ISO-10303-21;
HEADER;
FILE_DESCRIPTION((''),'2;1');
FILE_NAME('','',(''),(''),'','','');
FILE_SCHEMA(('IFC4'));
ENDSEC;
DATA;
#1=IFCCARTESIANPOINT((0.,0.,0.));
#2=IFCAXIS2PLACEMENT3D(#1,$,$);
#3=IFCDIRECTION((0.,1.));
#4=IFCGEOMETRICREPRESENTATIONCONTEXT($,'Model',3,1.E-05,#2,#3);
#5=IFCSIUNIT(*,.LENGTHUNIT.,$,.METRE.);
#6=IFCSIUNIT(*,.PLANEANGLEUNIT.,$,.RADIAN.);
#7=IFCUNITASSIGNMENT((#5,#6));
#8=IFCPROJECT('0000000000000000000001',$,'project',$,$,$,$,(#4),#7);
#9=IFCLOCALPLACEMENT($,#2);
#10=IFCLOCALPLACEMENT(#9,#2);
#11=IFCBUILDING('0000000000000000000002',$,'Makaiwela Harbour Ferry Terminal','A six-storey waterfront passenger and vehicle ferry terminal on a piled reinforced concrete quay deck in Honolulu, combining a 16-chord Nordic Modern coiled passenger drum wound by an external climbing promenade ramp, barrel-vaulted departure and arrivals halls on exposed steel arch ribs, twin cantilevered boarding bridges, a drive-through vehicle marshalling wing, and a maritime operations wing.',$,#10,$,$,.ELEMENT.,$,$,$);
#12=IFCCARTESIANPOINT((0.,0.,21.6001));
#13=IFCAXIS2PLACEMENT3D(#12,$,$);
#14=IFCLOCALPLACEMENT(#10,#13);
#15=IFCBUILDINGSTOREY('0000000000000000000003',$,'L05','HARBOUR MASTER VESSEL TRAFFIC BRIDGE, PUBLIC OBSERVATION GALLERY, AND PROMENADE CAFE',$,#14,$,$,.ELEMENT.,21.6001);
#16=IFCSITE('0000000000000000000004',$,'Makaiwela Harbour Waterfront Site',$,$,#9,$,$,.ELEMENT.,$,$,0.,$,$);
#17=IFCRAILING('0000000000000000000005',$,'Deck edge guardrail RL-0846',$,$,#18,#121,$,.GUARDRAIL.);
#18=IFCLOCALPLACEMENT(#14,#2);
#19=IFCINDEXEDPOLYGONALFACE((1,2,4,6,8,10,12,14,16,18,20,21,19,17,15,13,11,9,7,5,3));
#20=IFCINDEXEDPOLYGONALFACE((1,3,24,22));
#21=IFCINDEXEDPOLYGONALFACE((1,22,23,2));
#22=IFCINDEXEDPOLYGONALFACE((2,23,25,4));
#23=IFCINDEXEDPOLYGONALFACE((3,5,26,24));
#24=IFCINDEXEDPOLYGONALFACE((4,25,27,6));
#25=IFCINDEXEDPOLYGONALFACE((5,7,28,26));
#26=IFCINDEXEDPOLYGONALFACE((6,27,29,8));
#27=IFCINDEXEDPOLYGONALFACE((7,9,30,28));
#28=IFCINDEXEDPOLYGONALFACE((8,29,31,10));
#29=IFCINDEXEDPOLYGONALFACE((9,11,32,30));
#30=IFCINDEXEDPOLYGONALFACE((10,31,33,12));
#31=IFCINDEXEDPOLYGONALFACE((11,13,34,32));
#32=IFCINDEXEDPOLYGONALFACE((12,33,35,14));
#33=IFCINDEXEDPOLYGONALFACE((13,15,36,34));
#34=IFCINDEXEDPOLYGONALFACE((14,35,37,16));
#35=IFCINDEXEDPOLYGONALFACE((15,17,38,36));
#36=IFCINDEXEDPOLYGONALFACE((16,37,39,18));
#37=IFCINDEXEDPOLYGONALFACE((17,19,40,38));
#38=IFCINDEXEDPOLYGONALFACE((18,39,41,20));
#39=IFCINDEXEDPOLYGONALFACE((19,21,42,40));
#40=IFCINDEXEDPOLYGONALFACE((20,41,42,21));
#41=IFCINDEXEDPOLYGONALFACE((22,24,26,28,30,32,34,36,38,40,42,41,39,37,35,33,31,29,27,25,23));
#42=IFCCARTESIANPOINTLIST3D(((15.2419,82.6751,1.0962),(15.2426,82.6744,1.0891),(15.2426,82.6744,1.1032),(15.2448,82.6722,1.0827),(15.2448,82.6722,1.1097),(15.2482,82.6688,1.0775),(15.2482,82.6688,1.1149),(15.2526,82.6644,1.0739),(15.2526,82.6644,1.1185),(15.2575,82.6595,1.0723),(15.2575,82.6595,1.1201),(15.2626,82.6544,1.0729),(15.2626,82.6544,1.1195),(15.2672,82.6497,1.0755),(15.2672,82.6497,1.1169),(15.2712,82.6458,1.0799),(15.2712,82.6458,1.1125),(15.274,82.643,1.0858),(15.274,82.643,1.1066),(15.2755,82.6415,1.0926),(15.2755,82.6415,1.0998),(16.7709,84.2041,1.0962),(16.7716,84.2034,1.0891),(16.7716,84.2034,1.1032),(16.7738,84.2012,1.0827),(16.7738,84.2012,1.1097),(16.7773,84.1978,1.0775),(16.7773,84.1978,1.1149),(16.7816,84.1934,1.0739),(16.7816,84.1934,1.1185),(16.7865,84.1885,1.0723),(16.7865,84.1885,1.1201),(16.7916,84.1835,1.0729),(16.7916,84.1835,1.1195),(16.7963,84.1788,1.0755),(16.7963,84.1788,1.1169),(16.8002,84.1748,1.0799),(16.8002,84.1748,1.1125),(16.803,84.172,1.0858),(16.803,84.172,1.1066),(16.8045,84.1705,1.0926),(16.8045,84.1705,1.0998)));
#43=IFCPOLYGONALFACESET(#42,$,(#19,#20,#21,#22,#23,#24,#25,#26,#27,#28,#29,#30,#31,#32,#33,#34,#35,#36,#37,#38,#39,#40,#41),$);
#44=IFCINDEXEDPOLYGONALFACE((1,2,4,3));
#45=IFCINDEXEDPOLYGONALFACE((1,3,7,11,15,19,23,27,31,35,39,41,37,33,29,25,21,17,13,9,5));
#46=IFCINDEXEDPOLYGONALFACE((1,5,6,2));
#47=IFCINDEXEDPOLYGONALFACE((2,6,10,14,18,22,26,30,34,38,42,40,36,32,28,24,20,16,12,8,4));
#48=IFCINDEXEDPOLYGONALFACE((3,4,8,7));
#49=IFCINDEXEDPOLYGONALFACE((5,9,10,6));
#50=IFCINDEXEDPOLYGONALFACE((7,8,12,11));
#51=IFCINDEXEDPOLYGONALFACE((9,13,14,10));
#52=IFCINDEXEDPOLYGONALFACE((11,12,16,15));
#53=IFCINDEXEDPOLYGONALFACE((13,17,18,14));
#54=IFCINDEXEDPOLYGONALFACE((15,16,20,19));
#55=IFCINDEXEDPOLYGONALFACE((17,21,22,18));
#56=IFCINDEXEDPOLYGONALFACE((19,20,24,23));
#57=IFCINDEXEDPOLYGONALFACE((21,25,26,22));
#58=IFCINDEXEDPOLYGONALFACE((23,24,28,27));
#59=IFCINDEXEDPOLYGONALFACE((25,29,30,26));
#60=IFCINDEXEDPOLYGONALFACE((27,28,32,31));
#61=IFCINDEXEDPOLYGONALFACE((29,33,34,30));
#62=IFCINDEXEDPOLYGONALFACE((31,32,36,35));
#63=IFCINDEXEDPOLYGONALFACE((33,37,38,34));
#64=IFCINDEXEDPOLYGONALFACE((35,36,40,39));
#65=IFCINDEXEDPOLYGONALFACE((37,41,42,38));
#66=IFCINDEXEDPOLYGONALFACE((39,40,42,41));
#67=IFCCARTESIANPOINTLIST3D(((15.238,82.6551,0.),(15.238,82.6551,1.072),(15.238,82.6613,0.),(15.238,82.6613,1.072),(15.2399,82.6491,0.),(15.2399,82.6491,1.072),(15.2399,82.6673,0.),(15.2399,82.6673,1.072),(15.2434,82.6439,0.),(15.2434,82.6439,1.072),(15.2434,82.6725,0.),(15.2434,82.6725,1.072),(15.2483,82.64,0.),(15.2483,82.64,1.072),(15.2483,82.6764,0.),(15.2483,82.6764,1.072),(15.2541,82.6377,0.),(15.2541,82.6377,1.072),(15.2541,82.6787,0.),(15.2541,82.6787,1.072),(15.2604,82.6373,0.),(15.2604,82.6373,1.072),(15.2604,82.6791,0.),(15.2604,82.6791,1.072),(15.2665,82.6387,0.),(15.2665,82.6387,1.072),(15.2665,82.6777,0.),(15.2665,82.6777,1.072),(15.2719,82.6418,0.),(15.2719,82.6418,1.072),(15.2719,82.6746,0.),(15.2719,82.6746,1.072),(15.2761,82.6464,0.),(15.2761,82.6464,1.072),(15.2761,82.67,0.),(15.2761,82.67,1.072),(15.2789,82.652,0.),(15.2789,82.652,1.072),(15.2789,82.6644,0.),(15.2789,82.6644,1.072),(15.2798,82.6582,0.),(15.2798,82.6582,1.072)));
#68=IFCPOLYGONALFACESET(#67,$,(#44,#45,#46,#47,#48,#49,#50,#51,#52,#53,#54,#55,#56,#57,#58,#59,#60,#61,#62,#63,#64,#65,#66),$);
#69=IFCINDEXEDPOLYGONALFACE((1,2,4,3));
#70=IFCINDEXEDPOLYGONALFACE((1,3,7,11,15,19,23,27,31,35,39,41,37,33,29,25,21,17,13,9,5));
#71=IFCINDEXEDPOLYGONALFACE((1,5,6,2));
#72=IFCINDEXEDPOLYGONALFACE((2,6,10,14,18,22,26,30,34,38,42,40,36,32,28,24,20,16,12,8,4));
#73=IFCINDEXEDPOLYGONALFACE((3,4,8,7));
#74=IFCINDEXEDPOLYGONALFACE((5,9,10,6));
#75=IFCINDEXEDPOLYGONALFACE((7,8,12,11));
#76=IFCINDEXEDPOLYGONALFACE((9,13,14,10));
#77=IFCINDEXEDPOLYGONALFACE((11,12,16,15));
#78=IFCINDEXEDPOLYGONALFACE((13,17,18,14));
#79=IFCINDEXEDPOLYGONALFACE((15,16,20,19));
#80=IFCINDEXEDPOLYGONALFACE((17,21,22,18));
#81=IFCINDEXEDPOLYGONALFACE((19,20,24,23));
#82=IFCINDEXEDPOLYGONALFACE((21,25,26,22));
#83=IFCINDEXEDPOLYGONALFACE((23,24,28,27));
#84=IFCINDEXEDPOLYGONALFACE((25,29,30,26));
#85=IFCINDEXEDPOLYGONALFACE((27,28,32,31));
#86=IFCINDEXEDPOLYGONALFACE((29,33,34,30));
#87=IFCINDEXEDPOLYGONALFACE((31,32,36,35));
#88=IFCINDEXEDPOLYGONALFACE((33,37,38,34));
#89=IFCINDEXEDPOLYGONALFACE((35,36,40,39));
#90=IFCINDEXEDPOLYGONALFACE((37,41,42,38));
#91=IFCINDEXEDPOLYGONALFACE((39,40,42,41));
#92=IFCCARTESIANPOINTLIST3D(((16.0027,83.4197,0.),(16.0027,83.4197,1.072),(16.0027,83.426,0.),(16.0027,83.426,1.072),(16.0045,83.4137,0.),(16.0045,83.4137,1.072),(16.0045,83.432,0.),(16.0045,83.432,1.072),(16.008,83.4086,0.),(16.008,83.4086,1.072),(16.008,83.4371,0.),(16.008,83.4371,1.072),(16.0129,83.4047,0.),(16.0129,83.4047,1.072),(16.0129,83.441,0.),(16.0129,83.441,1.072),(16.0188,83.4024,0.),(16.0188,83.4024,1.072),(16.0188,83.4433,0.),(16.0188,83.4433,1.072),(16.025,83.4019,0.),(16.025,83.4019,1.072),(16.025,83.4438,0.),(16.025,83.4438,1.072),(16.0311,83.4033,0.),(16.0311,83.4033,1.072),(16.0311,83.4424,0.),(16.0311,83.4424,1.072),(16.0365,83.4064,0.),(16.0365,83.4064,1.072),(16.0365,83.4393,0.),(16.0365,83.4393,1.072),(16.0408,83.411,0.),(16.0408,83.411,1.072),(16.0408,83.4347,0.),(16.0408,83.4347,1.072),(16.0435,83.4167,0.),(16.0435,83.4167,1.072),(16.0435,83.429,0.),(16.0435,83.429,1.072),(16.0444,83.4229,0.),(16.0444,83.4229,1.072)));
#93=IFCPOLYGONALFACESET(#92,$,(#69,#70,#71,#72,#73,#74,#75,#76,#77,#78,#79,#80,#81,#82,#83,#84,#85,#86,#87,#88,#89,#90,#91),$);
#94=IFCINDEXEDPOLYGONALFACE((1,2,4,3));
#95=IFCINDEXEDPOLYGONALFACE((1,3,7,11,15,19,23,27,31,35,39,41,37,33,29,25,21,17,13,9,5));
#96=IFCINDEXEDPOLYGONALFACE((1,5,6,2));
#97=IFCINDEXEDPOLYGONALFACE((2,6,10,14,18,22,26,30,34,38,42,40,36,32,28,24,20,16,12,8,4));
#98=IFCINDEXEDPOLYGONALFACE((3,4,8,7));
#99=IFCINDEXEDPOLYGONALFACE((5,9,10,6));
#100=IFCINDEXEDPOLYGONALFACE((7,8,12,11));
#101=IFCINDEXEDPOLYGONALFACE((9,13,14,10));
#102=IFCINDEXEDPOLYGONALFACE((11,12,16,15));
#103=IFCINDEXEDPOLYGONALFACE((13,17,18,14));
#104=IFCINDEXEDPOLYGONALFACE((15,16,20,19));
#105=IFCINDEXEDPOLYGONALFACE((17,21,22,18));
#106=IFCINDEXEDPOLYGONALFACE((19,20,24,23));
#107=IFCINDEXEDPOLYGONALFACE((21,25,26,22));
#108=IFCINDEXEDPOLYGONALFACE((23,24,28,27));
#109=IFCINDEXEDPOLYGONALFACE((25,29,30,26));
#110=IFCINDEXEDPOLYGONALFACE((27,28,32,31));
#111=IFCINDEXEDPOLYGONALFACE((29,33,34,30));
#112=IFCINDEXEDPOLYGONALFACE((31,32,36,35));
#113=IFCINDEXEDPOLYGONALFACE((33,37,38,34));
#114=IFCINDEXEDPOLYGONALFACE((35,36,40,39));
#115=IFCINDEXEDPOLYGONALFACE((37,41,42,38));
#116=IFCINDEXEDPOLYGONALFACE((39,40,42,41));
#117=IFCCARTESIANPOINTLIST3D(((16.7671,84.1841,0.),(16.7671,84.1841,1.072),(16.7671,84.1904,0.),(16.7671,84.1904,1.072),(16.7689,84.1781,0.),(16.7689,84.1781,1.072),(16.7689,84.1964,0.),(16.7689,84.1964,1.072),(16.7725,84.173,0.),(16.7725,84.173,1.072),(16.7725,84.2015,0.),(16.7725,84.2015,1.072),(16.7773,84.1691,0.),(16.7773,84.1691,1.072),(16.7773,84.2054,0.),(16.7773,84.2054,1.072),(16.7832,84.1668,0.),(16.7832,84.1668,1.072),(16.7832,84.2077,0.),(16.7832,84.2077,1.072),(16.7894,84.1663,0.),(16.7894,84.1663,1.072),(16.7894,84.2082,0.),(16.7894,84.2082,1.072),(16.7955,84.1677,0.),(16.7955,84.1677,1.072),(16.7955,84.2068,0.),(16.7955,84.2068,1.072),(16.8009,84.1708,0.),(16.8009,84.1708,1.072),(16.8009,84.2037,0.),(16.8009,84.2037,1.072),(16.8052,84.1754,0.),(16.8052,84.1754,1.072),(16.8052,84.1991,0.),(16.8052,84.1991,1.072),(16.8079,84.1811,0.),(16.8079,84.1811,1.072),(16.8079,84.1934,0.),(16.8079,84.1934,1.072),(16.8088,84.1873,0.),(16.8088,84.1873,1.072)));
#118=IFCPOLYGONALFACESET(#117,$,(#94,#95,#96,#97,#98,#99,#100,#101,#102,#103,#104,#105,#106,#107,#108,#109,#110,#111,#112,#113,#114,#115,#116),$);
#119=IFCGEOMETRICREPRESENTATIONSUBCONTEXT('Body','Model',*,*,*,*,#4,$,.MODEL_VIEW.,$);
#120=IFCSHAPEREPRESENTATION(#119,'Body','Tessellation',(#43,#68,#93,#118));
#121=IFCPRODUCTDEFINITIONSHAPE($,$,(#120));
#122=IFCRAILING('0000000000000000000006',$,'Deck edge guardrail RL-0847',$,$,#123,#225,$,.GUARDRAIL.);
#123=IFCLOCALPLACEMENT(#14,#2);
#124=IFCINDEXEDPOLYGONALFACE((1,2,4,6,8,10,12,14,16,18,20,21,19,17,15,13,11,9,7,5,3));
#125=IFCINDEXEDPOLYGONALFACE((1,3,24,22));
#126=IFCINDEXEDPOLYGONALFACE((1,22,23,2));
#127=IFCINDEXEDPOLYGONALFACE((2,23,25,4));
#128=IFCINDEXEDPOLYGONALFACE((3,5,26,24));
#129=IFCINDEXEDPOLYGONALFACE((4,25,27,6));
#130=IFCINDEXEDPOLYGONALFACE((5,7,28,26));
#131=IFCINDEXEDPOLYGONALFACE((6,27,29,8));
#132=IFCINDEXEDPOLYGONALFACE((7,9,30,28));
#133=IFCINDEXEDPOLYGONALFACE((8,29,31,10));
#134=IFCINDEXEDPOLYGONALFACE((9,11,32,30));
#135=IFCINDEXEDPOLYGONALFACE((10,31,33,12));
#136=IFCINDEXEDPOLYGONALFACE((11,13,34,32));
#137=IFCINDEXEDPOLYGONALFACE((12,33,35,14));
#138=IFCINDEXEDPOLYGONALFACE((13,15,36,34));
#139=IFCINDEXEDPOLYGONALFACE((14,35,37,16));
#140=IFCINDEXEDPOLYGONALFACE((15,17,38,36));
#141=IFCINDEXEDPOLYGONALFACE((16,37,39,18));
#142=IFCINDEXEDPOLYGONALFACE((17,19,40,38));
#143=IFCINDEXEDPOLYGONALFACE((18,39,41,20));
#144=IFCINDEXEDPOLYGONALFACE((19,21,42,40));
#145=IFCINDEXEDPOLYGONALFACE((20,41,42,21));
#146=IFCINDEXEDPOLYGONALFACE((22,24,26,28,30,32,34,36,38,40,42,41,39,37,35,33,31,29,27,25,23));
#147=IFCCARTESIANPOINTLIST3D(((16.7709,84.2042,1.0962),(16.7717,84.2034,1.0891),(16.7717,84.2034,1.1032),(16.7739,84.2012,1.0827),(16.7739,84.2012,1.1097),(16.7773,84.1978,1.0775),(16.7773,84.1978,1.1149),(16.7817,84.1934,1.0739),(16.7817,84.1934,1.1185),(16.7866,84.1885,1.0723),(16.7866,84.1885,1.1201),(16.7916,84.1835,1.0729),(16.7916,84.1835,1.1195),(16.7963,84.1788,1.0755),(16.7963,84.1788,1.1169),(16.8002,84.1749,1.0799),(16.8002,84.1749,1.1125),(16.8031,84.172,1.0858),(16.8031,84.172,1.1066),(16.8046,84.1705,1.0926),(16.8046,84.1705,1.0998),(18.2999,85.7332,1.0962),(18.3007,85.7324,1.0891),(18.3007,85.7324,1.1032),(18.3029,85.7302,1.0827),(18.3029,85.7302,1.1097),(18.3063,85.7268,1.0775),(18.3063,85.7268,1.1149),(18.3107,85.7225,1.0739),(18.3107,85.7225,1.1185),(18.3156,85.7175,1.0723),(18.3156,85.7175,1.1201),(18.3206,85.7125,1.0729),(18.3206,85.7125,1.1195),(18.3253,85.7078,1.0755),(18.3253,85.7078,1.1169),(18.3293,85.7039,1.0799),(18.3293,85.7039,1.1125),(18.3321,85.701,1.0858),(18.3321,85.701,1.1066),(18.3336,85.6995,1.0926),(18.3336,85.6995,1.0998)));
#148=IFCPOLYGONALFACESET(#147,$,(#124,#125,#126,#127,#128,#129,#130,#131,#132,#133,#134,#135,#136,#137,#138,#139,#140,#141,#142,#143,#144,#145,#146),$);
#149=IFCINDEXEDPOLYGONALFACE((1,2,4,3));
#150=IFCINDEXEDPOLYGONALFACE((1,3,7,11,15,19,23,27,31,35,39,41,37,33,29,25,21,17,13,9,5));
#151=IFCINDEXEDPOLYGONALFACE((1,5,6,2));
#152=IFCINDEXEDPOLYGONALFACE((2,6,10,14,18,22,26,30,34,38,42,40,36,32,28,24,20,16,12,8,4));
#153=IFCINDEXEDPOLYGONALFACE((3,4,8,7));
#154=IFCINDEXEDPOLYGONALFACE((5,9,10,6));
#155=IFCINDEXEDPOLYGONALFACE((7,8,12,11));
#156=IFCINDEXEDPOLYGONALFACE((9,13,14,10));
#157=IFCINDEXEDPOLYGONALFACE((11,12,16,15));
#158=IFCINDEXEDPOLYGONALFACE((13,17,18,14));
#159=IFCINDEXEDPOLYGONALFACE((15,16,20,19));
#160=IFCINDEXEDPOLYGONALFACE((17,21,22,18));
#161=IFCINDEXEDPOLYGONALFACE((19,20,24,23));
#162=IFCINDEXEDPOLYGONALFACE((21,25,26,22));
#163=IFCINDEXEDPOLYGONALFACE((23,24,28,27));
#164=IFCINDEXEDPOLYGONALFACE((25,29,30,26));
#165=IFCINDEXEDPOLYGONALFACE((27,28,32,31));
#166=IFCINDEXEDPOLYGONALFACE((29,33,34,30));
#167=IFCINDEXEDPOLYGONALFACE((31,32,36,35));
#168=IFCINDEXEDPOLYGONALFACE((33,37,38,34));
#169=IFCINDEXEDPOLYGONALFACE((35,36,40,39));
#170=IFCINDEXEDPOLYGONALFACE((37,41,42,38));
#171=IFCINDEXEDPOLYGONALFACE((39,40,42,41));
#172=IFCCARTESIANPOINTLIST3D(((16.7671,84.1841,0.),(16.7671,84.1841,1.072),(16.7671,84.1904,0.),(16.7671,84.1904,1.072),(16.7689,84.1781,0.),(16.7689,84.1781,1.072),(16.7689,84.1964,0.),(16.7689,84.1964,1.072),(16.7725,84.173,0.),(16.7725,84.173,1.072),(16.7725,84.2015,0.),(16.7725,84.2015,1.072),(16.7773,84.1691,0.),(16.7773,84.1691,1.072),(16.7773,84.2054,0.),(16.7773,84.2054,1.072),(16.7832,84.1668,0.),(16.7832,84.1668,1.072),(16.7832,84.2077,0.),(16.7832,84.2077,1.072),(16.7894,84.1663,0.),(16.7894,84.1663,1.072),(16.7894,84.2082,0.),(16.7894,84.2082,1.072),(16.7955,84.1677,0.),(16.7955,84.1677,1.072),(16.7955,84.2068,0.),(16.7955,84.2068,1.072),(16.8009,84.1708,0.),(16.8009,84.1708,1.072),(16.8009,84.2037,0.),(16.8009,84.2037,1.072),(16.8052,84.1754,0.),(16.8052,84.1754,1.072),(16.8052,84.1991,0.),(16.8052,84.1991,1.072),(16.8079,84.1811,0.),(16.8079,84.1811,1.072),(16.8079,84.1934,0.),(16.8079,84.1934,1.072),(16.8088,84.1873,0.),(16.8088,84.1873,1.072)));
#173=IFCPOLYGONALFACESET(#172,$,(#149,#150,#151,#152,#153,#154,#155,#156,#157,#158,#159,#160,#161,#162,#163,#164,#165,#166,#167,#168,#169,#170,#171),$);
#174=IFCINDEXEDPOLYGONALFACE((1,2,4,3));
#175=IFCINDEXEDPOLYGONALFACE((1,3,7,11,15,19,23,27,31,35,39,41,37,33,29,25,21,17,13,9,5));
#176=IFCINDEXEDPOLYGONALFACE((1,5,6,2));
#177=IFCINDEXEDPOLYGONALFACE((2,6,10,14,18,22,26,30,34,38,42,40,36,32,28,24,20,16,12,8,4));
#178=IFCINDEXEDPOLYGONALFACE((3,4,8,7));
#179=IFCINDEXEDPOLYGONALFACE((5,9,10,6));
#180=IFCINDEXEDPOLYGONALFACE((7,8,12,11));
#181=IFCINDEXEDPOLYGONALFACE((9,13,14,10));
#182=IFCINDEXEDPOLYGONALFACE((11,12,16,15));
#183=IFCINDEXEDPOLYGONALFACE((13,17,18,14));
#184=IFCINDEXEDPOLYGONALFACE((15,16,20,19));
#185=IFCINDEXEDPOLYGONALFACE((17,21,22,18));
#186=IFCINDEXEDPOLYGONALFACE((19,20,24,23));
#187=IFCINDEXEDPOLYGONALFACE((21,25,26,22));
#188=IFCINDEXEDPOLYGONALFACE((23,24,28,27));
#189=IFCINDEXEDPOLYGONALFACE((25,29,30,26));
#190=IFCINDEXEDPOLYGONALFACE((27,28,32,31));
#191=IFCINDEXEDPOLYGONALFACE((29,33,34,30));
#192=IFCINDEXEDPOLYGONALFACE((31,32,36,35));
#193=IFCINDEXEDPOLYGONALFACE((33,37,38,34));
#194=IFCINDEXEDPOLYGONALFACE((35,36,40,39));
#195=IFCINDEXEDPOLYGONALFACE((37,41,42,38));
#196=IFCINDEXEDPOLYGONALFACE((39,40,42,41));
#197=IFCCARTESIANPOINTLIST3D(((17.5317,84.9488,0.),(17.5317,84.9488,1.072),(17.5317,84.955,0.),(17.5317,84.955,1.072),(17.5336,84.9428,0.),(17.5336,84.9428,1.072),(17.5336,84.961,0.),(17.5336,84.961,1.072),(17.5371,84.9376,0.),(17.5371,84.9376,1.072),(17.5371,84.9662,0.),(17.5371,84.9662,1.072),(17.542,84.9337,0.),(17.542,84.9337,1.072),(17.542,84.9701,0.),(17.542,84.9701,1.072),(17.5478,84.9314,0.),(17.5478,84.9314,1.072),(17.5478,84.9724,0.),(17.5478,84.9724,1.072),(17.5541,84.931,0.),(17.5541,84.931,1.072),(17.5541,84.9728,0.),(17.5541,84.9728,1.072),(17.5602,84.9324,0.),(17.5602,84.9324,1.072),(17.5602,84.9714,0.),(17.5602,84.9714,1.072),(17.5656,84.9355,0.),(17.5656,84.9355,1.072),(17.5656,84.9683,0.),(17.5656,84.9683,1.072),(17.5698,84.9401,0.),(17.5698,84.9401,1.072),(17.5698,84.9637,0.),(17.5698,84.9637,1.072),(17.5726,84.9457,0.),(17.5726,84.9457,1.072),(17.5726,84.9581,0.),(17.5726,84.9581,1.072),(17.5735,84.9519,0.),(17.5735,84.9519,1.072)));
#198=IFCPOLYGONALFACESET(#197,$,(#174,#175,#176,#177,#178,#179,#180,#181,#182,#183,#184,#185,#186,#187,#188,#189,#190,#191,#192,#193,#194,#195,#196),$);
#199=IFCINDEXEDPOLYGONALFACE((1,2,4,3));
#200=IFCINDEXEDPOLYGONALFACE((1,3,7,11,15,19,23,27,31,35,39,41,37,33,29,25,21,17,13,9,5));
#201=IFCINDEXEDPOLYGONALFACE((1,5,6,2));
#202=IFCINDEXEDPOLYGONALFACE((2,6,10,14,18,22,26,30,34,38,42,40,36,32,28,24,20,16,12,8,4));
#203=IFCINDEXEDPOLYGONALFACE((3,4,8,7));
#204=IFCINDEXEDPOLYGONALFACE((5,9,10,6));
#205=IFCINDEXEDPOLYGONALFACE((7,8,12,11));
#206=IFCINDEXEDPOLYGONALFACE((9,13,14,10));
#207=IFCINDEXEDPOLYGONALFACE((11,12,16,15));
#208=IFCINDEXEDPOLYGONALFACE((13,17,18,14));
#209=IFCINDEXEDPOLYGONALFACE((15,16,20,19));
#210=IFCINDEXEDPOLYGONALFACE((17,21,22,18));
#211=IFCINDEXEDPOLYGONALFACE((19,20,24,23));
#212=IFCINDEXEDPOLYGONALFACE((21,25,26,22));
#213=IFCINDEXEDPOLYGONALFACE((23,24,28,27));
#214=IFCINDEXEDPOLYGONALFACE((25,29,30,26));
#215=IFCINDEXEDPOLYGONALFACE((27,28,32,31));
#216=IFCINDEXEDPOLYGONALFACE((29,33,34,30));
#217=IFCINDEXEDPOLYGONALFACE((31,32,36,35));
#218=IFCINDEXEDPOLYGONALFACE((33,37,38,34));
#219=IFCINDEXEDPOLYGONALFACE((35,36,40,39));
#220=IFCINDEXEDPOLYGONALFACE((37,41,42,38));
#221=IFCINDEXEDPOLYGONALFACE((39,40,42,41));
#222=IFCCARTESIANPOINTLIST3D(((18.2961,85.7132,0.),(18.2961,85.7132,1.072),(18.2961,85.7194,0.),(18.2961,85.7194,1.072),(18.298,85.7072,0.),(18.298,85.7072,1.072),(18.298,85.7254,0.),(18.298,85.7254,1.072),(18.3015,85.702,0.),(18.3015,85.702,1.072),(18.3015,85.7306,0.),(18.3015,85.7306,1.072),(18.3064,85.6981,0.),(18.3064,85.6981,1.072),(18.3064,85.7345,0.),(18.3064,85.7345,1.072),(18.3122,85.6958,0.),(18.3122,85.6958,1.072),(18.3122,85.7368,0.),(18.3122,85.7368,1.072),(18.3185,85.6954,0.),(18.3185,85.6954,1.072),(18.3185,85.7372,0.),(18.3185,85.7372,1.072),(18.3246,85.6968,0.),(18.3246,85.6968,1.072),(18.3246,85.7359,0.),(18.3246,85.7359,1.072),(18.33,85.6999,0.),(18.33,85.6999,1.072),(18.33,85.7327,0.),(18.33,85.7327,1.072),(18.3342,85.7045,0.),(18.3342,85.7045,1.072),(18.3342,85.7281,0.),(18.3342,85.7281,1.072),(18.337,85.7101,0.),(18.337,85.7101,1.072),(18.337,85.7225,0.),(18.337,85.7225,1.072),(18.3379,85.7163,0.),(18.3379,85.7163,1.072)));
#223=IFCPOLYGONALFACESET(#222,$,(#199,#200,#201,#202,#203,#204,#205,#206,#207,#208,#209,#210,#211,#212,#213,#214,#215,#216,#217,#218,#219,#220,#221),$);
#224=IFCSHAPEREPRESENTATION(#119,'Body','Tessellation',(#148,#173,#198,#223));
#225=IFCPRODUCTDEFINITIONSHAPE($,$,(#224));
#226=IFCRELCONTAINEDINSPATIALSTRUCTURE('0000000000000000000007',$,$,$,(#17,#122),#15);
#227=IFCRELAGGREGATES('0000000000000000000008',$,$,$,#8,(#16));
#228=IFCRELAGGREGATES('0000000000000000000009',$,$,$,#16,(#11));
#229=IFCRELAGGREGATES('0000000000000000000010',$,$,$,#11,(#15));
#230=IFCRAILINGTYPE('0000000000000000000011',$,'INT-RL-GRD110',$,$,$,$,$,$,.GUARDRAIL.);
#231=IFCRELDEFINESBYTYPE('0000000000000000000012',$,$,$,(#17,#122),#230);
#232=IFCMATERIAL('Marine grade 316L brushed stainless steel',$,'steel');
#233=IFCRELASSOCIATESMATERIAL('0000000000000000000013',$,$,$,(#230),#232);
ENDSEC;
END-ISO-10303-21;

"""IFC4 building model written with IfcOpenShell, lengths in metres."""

from ifc_helpers import new_model, si_unit, direction, frame, origin, origin_2d, place, context, subcontext, project, spatial, circle, extrude, material, type_object, element, save


model = new_model("IFC4")

# Units and contexts
model_context = context("Model", 3, precision=1e-05, world=origin(), true_north=direction((0.0, 1.0)))
body_context = subcontext(model_context, "Body", "Model", "MODEL_VIEW")
ifc_project = project(units=[si_unit("LENGTHUNIT", "METRE"), si_unit("PLANEANGLEUNIT", "RADIAN")], contexts=[model_context])

# Site, building, storey
site_placement = place(None, origin())
site = spatial("IfcSite", under=ifc_project, at=site_placement, Name="Makaiwela Harbour Waterfront Site", CompositionType="ELEMENT", RefElevation=0.0)
building_placement = place(site_placement, origin())
building = spatial("IfcBuilding", under=site, at=building_placement, Name="Makaiwela Harbour Ferry Terminal", Description="A six-storey waterfront passenger and vehicle ferry terminal on a piled reinforced concrete quay deck in Honolulu, combining a 16-chord Nordic Modern coiled passenger drum wound by an external climbing promenade ramp, barrel-vaulted departure and arrivals halls on exposed steel arch ribs, twin cantilevered boarding bridges, a drive-through vehicle marshalling wing, and a maritime operations wing.", CompositionType="ELEMENT")
storey_placement = place(building_placement, frame((0.0, 0.0, 21.6001)))
storey = spatial("IfcBuildingStorey", under=building, at=storey_placement, Name="L05", Description="HARBOUR MASTER VESSEL TRAFFIC BRIDGE, PUBLIC OBSERVATION GALLERY, AND PROMENADE CAFE", CompositionType="ELEMENT", Elevation=21.6001)

# Railings
ifc_material_1 = material(Name="Marine grade 316L brushed stainless steel", Category="steel")
railing_type = type_object("IfcRailingType", Name="INT-RL-GRD110", PredefinedType="GUARDRAIL", material=ifc_material_1)
for number, where, name in (
    (1, (15.2588, 82.6582, 0.0), "Deck edge guardrail RL-0846"),
    (2, (16.7878, 84.1873, 0.0), "Deck edge guardrail RL-0847"),
):
    element("IfcRailing", number, at=place(storey_placement, frame(where)), inside=storey, type_object=railing_type, Name=name, PredefinedType="GUARDRAIL", context=body_context, shape_type="SweptSolid", body=[
        extrude(circle(Radius=0.0239, at=origin_2d()), frame((0.0, 0.0, 1.0962), z_axis=(0.707107, 0.707107, 0.0), x_axis=(-0.707107, 0.707107, 0.0)), (0.0, 0.0, 1.0), 2.1624),
        extrude(circle(Radius=0.021, at=origin_2d()), origin(), (0.0, 0.0, 1.0), 1.072),
        extrude(circle(Radius=0.021, at=origin_2d()), frame((0.7646, 0.7646, 0.0)), (0.0, 0.0, 1.0), 1.072),
        extrude(circle(Radius=0.021, at=origin_2d()), frame((1.5291, 1.5291, 0.0)), (0.0, 0.0, 1.0), 1.072),
    ])

save(model, "model.ifc")
